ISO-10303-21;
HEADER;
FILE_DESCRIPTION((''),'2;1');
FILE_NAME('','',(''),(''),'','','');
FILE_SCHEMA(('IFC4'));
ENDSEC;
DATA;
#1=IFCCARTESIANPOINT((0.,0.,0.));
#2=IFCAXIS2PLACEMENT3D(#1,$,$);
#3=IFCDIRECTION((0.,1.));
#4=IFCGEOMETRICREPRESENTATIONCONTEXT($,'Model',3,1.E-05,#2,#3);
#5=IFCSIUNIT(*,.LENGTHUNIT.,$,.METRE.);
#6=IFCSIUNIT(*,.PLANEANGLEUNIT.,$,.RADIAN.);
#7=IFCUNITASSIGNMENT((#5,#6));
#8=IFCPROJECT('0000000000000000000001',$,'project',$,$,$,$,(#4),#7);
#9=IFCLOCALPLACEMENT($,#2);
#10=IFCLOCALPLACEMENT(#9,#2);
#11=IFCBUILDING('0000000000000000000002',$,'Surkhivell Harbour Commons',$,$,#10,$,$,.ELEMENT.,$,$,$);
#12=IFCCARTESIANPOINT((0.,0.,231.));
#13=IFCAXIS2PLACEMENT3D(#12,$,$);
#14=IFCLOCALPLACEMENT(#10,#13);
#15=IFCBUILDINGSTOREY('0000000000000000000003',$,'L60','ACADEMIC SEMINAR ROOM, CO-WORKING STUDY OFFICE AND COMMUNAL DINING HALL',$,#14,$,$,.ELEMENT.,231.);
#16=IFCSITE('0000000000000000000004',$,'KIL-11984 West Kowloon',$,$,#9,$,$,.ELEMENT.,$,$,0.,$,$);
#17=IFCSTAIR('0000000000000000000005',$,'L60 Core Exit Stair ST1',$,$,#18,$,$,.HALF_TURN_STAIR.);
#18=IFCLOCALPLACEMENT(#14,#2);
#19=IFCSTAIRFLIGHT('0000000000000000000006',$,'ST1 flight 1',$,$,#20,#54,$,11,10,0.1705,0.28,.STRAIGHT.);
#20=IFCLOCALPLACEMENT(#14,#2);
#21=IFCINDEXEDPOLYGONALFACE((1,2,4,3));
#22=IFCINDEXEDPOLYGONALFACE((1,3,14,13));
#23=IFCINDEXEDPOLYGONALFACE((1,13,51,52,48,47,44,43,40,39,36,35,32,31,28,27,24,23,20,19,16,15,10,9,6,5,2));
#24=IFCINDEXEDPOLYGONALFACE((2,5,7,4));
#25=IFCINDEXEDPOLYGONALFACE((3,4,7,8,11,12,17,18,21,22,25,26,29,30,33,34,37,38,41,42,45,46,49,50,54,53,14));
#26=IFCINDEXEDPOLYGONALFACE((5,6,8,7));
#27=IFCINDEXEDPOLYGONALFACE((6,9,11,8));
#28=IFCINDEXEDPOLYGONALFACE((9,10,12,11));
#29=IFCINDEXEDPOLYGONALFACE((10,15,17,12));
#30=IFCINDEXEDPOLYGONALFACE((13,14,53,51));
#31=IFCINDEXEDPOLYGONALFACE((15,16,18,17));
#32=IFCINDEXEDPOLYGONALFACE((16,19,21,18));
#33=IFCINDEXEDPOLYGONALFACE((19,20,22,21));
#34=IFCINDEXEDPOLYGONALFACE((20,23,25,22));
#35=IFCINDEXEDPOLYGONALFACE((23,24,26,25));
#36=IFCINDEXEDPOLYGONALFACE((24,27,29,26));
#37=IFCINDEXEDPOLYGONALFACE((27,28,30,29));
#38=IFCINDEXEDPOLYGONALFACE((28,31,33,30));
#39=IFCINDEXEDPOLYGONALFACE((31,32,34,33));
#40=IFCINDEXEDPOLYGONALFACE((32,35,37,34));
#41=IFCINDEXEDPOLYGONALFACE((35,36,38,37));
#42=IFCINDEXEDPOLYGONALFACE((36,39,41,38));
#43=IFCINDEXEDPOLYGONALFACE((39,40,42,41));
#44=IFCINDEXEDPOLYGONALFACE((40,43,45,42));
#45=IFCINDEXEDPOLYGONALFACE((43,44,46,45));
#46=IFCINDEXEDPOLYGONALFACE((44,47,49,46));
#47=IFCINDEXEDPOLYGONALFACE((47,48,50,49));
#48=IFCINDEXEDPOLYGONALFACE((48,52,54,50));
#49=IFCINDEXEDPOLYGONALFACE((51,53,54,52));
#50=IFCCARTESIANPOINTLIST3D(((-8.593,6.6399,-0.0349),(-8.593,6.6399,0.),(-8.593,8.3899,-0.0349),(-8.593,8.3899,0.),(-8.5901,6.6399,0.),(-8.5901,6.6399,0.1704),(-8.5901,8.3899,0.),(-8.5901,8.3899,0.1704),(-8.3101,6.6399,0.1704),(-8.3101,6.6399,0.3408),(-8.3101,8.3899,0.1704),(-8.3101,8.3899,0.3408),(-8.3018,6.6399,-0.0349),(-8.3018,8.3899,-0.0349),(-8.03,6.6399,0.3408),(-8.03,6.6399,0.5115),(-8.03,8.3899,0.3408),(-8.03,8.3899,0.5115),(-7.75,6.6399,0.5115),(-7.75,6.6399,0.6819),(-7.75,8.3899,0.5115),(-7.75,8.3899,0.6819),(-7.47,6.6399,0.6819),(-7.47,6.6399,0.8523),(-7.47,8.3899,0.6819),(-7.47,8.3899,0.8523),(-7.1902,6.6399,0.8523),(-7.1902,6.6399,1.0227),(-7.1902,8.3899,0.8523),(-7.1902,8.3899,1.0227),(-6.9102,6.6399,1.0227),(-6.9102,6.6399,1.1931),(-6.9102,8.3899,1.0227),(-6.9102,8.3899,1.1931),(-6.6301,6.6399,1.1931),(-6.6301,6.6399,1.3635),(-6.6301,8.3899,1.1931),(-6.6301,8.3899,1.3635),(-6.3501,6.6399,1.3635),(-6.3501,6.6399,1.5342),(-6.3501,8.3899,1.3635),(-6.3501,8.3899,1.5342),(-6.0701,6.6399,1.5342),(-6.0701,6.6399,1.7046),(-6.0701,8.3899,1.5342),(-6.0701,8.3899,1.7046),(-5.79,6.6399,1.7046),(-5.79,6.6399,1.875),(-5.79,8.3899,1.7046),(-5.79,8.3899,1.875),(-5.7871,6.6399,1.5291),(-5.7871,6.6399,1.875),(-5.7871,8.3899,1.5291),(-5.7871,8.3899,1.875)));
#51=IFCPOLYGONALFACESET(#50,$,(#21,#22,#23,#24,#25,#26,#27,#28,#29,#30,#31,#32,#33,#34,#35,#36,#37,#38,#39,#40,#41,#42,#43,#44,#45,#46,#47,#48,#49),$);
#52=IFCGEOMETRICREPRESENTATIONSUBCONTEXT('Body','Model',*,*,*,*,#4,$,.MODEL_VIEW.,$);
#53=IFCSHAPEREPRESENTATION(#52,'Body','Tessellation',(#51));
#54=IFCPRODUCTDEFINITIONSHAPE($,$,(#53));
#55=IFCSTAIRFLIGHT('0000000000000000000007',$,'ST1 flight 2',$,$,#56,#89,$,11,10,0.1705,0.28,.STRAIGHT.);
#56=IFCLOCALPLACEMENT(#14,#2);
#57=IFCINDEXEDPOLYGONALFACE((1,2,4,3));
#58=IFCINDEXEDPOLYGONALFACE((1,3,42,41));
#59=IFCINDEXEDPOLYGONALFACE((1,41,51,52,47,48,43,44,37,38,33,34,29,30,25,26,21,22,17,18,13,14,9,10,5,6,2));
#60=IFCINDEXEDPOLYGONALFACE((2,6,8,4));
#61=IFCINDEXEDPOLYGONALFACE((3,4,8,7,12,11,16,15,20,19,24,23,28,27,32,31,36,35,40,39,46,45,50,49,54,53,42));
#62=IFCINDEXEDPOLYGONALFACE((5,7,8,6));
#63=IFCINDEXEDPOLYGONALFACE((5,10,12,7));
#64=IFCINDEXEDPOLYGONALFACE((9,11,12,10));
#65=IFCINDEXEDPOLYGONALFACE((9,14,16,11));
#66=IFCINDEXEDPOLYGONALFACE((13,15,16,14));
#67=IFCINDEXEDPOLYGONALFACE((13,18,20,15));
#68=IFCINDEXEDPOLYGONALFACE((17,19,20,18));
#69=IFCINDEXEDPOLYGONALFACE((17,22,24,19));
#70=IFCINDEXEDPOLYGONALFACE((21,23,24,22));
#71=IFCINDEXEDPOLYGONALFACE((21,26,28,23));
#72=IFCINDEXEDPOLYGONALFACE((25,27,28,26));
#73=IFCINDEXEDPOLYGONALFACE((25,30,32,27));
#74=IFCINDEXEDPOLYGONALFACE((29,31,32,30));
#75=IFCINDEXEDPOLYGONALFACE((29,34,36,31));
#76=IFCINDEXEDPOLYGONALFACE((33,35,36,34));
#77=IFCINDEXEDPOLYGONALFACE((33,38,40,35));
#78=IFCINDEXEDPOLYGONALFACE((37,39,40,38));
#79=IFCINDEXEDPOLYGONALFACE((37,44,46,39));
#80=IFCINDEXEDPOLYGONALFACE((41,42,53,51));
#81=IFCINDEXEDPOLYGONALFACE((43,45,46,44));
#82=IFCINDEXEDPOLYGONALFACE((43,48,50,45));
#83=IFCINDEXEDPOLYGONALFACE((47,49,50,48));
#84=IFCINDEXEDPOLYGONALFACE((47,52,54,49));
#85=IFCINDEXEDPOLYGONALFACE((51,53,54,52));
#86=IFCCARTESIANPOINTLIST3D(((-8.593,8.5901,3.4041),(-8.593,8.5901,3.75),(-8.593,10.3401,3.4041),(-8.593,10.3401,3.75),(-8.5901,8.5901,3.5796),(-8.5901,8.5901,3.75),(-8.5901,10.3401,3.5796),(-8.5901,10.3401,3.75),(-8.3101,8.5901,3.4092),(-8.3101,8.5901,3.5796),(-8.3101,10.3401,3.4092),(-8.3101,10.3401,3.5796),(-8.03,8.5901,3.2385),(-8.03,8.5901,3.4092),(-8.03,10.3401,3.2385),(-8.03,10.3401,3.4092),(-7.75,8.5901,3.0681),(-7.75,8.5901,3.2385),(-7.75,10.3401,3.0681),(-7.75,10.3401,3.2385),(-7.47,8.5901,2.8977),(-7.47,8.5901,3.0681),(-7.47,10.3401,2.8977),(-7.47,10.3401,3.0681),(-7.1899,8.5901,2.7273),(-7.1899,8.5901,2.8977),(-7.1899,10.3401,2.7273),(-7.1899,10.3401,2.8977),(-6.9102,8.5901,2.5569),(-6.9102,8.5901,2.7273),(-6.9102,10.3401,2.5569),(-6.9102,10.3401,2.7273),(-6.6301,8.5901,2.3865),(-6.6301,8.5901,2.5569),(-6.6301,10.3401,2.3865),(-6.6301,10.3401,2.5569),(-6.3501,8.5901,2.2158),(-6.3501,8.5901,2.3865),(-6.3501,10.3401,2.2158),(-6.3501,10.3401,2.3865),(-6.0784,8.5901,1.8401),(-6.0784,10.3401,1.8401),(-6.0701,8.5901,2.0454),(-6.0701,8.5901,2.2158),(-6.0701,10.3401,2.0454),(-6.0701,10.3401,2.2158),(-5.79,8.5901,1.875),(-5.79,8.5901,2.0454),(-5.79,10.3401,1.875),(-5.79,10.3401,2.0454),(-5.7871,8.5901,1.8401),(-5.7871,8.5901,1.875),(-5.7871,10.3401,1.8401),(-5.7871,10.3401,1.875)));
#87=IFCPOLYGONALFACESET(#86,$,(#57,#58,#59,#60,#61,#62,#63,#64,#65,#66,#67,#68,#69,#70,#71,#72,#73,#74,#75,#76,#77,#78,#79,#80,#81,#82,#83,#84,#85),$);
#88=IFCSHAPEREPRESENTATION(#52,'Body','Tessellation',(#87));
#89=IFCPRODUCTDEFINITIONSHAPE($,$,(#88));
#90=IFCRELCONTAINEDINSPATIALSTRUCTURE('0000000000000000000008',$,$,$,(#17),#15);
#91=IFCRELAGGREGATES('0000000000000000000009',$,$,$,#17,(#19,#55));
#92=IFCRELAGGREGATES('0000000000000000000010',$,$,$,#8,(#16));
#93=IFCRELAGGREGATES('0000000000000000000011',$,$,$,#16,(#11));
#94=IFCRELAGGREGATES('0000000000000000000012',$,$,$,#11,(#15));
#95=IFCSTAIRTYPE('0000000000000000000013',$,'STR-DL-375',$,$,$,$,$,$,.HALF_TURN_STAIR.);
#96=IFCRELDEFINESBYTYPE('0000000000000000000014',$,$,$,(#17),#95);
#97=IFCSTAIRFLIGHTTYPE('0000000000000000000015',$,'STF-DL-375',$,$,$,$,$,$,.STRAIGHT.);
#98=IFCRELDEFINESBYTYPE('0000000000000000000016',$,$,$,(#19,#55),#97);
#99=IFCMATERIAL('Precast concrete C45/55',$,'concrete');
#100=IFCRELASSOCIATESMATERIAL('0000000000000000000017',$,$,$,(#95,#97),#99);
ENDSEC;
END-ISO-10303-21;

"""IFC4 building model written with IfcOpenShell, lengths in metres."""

from ifc_helpers import new_model, si_unit, direction, frame, origin, place, context, subcontext, project, spatial, polyline, outline, extrude, material, type_object, element, aggregate, save


model = new_model("IFC4")

# Units and contexts
model_context = context("Model", 3, precision=1e-05, world=origin(), true_north=direction((0.0, 1.0)))
body_context = subcontext(model_context, "Body", "Model", "MODEL_VIEW")
ifc_project = project(units=[si_unit("LENGTHUNIT", "METRE"), si_unit("PLANEANGLEUNIT", "RADIAN")], contexts=[model_context])

# Site, building, storey
site_placement = place(None, origin())
site = spatial("IfcSite", under=ifc_project, at=site_placement, Name="KIL-11984 West Kowloon", CompositionType="ELEMENT", RefElevation=0.0)
building_placement = place(site_placement, origin())
building = spatial("IfcBuilding", under=site, at=building_placement, Name="Surkhivell Harbour Commons", CompositionType="ELEMENT")
storey_placement = place(building_placement, frame((0.0, 0.0, 231.0)))
storey = spatial("IfcBuildingStorey", under=building, at=storey_placement, Name="L60", Description="ACADEMIC SEMINAR ROOM, CO-WORKING STUDY OFFICE AND COMMUNAL DINING HALL", CompositionType="ELEMENT", Elevation=231.0)

# Stair, stair flights
ifc_material_1 = material(Name="Precast concrete C45/55", Category="concrete")
stair_type = type_object("IfcStairType", Name="STR-DL-375", PredefinedType="HALF_TURN_STAIR", material=ifc_material_1)
stair_placement = place(storey_placement, origin())
stair = element("IfcStair", 1, at=stair_placement, inside=storey, type_object=stair_type, Name="L60 Core Exit Stair ST1", PredefinedType="HALF_TURN_STAIR")
stair_flight_type = type_object("IfcStairFlightType", Name="STF-DL-375", PredefinedType="STRAIGHT", material=ifc_material_1)
stair_flight_1_placement = place(storey_placement, frame((-8.5901, 7.5149, 0.0), z_axis=(0.0, 0.0, 1.0), x_axis=(1.0, 0.0, 0.0)))
stair_flight_1 = element("IfcStairFlight", 2, at=stair_flight_1_placement, type_object=stair_flight_type, Name="ST1 flight 1", NumberOfRisers=11, NumberOfTreads=10, PredefinedType="STRAIGHT", RiserHeight=0.1705, TreadLength=0.28, context=body_context, shape_type="SweptSolid", body=[
    extrude(outline(polyline([(-0.0029, -0.0349), (-0.0029, 0.0), (0.0, 0.0), (0.0, 0.1704), (0.28, 0.1704), (0.28, 0.3408), (0.5601, 0.3408), (0.5601, 0.5115), (0.8401, 0.5115), (0.8401, 0.6819), (1.1201, 0.6819), (1.1201, 0.8523), (1.3999, 0.8523), (1.3999, 1.0227), (1.6799, 1.0227), (1.6799, 1.1931), (1.96, 1.1931), (1.96, 1.3635), (2.24, 1.3635), (2.24, 1.5342), (2.52, 1.5342), (2.52, 1.7046), (2.8, 1.7046), (2.8, 1.875), (2.803, 1.875), (2.803, 1.5291), (0.2883, -0.0349), (-0.0029, -0.0349)])), frame((0.0, 0.875, 0.0), z_axis=(0.0, -1.0, 0.0), x_axis=(1.0, 0.0, 0.0)), (0.0, 0.0, 1.0), 1.75),
])
stair_flight_2_placement = place(storey_placement, frame((-5.79, 9.4651, 1.875), z_axis=(0.0, 0.0, 1.0), x_axis=(-1.0, 0.0, 0.0)))
stair_flight_2 = element("IfcStairFlight", 3, at=stair_flight_2_placement, type_object=stair_flight_type, Name="ST1 flight 2", NumberOfRisers=11, NumberOfTreads=10, PredefinedType="STRAIGHT", RiserHeight=0.1705, TreadLength=0.28, context=body_context, shape_type="SweptSolid", body=[
    extrude(outline(polyline([(-0.0029, -0.0349), (-0.0029, 0.0), (0.0, 0.0), (0.0, 0.1704), (0.28, 0.1704), (0.28, 0.3408), (0.5601, 0.3408), (0.5601, 0.5115), (0.8401, 0.5115), (0.8401, 0.6819), (1.1201, 0.6819), (1.1201, 0.8523), (1.3999, 0.8523), (1.3999, 1.0227), (1.6799, 1.0227), (1.6799, 1.1931), (1.96, 1.1931), (1.96, 1.3635), (2.24, 1.3635), (2.24, 1.5342), (2.52, 1.5342), (2.52, 1.7046), (2.8, 1.7046), (2.8, 1.875), (2.803, 1.875), (2.803, 1.5291), (0.2883, -0.0349), (-0.0029, -0.0349)])), frame((0.0, 0.875, 0.0), z_axis=(0.0, -1.0, 0.0), x_axis=(1.0, 0.0, 0.0)), (0.0, 0.0, 1.0), 1.75),
])
aggregate(stair, [stair_flight_1, stair_flight_2])

save(model, "model.ifc")
